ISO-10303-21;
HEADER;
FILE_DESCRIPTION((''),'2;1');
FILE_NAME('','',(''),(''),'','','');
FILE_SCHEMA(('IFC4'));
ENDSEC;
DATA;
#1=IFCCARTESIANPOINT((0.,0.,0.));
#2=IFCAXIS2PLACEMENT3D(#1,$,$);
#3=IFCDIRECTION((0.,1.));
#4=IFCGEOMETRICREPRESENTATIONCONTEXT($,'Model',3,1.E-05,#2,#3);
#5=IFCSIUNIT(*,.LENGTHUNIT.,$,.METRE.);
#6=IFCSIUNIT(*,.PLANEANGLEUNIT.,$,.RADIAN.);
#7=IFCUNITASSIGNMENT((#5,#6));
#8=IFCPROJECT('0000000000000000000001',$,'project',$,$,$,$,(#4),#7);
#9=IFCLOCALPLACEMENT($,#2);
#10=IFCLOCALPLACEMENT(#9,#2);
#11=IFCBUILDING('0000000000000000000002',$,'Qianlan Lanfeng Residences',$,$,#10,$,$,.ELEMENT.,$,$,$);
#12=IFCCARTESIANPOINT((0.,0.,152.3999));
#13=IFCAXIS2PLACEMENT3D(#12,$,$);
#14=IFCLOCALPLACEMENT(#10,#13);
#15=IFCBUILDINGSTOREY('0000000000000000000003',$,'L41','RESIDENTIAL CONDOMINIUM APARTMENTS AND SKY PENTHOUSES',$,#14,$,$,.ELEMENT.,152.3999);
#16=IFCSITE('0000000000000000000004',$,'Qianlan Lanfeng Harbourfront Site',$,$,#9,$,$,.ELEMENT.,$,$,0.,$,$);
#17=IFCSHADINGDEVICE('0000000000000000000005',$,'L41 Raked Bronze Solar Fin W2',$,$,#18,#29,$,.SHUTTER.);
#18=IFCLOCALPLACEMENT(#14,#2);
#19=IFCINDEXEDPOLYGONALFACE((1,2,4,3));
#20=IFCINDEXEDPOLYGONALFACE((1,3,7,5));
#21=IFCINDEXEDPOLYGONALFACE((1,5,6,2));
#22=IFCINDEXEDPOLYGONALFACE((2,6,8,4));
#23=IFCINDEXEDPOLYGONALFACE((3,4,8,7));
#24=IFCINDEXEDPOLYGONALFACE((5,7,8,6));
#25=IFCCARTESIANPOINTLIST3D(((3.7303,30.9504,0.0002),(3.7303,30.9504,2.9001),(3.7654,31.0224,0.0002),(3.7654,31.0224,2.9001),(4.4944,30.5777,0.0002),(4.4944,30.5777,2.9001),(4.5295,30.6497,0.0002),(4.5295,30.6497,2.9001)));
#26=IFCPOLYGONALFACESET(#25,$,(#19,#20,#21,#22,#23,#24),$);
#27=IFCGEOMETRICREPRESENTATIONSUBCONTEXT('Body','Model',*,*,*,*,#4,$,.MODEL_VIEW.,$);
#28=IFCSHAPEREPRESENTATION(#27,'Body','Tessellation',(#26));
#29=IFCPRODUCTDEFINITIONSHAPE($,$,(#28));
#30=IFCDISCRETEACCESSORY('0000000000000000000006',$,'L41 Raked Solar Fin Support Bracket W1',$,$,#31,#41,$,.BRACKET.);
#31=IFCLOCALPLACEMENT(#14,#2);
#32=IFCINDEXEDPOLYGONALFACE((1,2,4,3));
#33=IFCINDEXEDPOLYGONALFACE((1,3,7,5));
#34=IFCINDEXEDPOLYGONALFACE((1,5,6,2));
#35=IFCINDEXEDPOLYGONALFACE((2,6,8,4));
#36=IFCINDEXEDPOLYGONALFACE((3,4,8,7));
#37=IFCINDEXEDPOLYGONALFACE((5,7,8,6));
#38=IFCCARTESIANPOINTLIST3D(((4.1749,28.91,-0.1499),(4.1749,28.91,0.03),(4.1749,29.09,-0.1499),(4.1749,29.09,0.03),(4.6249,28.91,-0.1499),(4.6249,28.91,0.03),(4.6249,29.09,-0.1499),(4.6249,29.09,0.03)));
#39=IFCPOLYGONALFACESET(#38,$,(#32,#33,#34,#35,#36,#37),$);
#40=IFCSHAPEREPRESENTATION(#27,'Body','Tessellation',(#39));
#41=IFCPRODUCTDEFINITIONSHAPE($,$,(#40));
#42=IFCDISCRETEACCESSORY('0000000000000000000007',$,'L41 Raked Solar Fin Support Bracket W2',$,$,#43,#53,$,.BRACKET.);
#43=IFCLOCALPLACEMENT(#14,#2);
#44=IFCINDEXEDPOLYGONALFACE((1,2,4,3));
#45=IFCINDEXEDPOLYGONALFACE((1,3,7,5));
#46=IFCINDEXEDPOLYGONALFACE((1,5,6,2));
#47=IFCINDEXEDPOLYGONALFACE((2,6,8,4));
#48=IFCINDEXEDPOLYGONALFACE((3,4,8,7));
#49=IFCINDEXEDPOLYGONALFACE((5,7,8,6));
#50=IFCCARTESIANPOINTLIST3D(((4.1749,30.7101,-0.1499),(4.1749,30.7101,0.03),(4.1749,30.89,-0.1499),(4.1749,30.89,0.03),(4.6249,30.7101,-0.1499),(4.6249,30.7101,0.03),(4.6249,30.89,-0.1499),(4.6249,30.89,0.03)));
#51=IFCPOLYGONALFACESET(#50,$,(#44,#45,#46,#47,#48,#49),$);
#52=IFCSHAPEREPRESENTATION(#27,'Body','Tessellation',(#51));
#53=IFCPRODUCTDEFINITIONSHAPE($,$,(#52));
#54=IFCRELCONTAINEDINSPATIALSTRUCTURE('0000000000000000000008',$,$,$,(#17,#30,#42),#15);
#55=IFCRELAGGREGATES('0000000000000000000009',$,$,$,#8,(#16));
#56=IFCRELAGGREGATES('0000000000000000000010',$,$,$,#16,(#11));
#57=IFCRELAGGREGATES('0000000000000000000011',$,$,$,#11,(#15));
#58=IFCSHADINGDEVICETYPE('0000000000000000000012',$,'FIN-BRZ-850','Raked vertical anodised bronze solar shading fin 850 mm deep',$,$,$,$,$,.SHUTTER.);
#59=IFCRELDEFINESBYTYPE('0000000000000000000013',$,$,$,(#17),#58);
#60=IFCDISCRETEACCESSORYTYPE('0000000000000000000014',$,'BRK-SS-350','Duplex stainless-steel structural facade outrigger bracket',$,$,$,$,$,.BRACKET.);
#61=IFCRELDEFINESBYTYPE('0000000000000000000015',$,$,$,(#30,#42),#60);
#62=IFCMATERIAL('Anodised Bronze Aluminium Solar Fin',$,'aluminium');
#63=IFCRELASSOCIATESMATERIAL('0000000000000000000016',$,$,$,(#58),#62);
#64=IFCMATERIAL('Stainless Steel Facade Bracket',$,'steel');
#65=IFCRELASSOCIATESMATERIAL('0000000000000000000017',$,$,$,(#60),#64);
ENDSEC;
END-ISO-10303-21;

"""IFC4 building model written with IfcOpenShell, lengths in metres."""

from ifc_helpers import new_model, si_unit, direction, frame, origin, origin_2d, place, context, subcontext, project, spatial, rectangle, extrude, source, transform, mapped, material, type_object, element, save


model = new_model("IFC4")

# Units and contexts
model_context = context("Model", 3, precision=1e-05, world=origin(), true_north=direction((0.0, 1.0)))
body_context = subcontext(model_context, "Body", "Model", "MODEL_VIEW")
ifc_project = project(units=[si_unit("LENGTHUNIT", "METRE"), si_unit("PLANEANGLEUNIT", "RADIAN")], contexts=[model_context])

# Site, building, storey
site_placement = place(None, origin())
site = spatial("IfcSite", under=ifc_project, at=site_placement, Name="Qianlan Lanfeng Harbourfront Site", CompositionType="ELEMENT", RefElevation=0.0)
building_placement = place(site_placement, origin())
building = spatial("IfcBuilding", under=site, at=building_placement, Name="Qianlan Lanfeng Residences", CompositionType="ELEMENT")
storey_placement = place(building_placement, frame((0.0, 0.0, 152.3999)))
storey = spatial("IfcBuildingStorey", under=building, at=storey_placement, Name="L41", Description="RESIDENTIAL CONDOMINIUM APARTMENTS AND SKY PENTHOUSES", CompositionType="ELEMENT", Elevation=152.3999)

# Shading device
ifc_material_1 = material(Name="Anodised Bronze Aluminium Solar Fin", Category="aluminium")
shading_device_type = type_object("IfcShadingDeviceType", Name="FIN-BRZ-850", Description="Raked vertical anodised bronze solar shading fin 850 mm deep", PredefinedType="SHUTTER", material=ifc_material_1)
shared_shape_1 = source(origin(), body_context, "Body", "SweptSolid", [
    extrude(rectangle(XDim=0.8501, YDim=0.0801, at=origin_2d()), origin(), (0.0, 0.0, 1.0), 2.8999),
])
for number, where, z_axis, x_axis, name in (
    (1, (4.1299, 30.8, 0.0002), (0.0, 0.0, 1.0), (0.898794, -0.438371, 0.0), "L41 Raked Bronze Solar Fin W2"),
):
    element("IfcShadingDevice", number, at=place(storey_placement, frame(where, z_axis=z_axis, x_axis=x_axis)), inside=storey, type_object=shading_device_type, Name=name, PredefinedType="SHUTTER", context=body_context, shape_type="MappedRepresentation", body=[
        mapped(shared_shape_1, transform((0.0, 0.0, 0.0), scale=1.0)),
    ])

# Discrete accessories
ifc_material_2 = material(Name="Stainless Steel Facade Bracket", Category="steel")
discrete_accessory_type = type_object("IfcDiscreteAccessoryType", Name="BRK-SS-350", Description="Duplex stainless-steel structural facade outrigger bracket", PredefinedType="BRACKET", material=ifc_material_2)
shared_shape_2 = source(origin(), body_context, "Body", "SweptSolid", [
    extrude(rectangle(XDim=0.45, YDim=0.1799, at=origin_2d()), origin(), (0.0, 0.0, 1.0), 0.1799),
])
for number, where, z_axis, x_axis, name in (
    (2, (4.3999, 29.0, -0.1499), (0.0, 0.0, 1.0), (1.0, 0.0, 0.0), "L41 Raked Solar Fin Support Bracket W1"),
    (3, (4.3999, 30.8, -0.1499), (0.0, 0.0, 1.0), (1.0, 0.0, 0.0), "L41 Raked Solar Fin Support Bracket W2"),
):
    element("IfcDiscreteAccessory", number, at=place(storey_placement, frame(where, z_axis=z_axis, x_axis=x_axis)), inside=storey, type_object=discrete_accessory_type, Name=name, PredefinedType="BRACKET", context=body_context, shape_type="MappedRepresentation", body=[
        mapped(shared_shape_2, transform((0.0, 0.0, 0.0), scale=1.0)),
    ])

save(model, "model.ifc")
